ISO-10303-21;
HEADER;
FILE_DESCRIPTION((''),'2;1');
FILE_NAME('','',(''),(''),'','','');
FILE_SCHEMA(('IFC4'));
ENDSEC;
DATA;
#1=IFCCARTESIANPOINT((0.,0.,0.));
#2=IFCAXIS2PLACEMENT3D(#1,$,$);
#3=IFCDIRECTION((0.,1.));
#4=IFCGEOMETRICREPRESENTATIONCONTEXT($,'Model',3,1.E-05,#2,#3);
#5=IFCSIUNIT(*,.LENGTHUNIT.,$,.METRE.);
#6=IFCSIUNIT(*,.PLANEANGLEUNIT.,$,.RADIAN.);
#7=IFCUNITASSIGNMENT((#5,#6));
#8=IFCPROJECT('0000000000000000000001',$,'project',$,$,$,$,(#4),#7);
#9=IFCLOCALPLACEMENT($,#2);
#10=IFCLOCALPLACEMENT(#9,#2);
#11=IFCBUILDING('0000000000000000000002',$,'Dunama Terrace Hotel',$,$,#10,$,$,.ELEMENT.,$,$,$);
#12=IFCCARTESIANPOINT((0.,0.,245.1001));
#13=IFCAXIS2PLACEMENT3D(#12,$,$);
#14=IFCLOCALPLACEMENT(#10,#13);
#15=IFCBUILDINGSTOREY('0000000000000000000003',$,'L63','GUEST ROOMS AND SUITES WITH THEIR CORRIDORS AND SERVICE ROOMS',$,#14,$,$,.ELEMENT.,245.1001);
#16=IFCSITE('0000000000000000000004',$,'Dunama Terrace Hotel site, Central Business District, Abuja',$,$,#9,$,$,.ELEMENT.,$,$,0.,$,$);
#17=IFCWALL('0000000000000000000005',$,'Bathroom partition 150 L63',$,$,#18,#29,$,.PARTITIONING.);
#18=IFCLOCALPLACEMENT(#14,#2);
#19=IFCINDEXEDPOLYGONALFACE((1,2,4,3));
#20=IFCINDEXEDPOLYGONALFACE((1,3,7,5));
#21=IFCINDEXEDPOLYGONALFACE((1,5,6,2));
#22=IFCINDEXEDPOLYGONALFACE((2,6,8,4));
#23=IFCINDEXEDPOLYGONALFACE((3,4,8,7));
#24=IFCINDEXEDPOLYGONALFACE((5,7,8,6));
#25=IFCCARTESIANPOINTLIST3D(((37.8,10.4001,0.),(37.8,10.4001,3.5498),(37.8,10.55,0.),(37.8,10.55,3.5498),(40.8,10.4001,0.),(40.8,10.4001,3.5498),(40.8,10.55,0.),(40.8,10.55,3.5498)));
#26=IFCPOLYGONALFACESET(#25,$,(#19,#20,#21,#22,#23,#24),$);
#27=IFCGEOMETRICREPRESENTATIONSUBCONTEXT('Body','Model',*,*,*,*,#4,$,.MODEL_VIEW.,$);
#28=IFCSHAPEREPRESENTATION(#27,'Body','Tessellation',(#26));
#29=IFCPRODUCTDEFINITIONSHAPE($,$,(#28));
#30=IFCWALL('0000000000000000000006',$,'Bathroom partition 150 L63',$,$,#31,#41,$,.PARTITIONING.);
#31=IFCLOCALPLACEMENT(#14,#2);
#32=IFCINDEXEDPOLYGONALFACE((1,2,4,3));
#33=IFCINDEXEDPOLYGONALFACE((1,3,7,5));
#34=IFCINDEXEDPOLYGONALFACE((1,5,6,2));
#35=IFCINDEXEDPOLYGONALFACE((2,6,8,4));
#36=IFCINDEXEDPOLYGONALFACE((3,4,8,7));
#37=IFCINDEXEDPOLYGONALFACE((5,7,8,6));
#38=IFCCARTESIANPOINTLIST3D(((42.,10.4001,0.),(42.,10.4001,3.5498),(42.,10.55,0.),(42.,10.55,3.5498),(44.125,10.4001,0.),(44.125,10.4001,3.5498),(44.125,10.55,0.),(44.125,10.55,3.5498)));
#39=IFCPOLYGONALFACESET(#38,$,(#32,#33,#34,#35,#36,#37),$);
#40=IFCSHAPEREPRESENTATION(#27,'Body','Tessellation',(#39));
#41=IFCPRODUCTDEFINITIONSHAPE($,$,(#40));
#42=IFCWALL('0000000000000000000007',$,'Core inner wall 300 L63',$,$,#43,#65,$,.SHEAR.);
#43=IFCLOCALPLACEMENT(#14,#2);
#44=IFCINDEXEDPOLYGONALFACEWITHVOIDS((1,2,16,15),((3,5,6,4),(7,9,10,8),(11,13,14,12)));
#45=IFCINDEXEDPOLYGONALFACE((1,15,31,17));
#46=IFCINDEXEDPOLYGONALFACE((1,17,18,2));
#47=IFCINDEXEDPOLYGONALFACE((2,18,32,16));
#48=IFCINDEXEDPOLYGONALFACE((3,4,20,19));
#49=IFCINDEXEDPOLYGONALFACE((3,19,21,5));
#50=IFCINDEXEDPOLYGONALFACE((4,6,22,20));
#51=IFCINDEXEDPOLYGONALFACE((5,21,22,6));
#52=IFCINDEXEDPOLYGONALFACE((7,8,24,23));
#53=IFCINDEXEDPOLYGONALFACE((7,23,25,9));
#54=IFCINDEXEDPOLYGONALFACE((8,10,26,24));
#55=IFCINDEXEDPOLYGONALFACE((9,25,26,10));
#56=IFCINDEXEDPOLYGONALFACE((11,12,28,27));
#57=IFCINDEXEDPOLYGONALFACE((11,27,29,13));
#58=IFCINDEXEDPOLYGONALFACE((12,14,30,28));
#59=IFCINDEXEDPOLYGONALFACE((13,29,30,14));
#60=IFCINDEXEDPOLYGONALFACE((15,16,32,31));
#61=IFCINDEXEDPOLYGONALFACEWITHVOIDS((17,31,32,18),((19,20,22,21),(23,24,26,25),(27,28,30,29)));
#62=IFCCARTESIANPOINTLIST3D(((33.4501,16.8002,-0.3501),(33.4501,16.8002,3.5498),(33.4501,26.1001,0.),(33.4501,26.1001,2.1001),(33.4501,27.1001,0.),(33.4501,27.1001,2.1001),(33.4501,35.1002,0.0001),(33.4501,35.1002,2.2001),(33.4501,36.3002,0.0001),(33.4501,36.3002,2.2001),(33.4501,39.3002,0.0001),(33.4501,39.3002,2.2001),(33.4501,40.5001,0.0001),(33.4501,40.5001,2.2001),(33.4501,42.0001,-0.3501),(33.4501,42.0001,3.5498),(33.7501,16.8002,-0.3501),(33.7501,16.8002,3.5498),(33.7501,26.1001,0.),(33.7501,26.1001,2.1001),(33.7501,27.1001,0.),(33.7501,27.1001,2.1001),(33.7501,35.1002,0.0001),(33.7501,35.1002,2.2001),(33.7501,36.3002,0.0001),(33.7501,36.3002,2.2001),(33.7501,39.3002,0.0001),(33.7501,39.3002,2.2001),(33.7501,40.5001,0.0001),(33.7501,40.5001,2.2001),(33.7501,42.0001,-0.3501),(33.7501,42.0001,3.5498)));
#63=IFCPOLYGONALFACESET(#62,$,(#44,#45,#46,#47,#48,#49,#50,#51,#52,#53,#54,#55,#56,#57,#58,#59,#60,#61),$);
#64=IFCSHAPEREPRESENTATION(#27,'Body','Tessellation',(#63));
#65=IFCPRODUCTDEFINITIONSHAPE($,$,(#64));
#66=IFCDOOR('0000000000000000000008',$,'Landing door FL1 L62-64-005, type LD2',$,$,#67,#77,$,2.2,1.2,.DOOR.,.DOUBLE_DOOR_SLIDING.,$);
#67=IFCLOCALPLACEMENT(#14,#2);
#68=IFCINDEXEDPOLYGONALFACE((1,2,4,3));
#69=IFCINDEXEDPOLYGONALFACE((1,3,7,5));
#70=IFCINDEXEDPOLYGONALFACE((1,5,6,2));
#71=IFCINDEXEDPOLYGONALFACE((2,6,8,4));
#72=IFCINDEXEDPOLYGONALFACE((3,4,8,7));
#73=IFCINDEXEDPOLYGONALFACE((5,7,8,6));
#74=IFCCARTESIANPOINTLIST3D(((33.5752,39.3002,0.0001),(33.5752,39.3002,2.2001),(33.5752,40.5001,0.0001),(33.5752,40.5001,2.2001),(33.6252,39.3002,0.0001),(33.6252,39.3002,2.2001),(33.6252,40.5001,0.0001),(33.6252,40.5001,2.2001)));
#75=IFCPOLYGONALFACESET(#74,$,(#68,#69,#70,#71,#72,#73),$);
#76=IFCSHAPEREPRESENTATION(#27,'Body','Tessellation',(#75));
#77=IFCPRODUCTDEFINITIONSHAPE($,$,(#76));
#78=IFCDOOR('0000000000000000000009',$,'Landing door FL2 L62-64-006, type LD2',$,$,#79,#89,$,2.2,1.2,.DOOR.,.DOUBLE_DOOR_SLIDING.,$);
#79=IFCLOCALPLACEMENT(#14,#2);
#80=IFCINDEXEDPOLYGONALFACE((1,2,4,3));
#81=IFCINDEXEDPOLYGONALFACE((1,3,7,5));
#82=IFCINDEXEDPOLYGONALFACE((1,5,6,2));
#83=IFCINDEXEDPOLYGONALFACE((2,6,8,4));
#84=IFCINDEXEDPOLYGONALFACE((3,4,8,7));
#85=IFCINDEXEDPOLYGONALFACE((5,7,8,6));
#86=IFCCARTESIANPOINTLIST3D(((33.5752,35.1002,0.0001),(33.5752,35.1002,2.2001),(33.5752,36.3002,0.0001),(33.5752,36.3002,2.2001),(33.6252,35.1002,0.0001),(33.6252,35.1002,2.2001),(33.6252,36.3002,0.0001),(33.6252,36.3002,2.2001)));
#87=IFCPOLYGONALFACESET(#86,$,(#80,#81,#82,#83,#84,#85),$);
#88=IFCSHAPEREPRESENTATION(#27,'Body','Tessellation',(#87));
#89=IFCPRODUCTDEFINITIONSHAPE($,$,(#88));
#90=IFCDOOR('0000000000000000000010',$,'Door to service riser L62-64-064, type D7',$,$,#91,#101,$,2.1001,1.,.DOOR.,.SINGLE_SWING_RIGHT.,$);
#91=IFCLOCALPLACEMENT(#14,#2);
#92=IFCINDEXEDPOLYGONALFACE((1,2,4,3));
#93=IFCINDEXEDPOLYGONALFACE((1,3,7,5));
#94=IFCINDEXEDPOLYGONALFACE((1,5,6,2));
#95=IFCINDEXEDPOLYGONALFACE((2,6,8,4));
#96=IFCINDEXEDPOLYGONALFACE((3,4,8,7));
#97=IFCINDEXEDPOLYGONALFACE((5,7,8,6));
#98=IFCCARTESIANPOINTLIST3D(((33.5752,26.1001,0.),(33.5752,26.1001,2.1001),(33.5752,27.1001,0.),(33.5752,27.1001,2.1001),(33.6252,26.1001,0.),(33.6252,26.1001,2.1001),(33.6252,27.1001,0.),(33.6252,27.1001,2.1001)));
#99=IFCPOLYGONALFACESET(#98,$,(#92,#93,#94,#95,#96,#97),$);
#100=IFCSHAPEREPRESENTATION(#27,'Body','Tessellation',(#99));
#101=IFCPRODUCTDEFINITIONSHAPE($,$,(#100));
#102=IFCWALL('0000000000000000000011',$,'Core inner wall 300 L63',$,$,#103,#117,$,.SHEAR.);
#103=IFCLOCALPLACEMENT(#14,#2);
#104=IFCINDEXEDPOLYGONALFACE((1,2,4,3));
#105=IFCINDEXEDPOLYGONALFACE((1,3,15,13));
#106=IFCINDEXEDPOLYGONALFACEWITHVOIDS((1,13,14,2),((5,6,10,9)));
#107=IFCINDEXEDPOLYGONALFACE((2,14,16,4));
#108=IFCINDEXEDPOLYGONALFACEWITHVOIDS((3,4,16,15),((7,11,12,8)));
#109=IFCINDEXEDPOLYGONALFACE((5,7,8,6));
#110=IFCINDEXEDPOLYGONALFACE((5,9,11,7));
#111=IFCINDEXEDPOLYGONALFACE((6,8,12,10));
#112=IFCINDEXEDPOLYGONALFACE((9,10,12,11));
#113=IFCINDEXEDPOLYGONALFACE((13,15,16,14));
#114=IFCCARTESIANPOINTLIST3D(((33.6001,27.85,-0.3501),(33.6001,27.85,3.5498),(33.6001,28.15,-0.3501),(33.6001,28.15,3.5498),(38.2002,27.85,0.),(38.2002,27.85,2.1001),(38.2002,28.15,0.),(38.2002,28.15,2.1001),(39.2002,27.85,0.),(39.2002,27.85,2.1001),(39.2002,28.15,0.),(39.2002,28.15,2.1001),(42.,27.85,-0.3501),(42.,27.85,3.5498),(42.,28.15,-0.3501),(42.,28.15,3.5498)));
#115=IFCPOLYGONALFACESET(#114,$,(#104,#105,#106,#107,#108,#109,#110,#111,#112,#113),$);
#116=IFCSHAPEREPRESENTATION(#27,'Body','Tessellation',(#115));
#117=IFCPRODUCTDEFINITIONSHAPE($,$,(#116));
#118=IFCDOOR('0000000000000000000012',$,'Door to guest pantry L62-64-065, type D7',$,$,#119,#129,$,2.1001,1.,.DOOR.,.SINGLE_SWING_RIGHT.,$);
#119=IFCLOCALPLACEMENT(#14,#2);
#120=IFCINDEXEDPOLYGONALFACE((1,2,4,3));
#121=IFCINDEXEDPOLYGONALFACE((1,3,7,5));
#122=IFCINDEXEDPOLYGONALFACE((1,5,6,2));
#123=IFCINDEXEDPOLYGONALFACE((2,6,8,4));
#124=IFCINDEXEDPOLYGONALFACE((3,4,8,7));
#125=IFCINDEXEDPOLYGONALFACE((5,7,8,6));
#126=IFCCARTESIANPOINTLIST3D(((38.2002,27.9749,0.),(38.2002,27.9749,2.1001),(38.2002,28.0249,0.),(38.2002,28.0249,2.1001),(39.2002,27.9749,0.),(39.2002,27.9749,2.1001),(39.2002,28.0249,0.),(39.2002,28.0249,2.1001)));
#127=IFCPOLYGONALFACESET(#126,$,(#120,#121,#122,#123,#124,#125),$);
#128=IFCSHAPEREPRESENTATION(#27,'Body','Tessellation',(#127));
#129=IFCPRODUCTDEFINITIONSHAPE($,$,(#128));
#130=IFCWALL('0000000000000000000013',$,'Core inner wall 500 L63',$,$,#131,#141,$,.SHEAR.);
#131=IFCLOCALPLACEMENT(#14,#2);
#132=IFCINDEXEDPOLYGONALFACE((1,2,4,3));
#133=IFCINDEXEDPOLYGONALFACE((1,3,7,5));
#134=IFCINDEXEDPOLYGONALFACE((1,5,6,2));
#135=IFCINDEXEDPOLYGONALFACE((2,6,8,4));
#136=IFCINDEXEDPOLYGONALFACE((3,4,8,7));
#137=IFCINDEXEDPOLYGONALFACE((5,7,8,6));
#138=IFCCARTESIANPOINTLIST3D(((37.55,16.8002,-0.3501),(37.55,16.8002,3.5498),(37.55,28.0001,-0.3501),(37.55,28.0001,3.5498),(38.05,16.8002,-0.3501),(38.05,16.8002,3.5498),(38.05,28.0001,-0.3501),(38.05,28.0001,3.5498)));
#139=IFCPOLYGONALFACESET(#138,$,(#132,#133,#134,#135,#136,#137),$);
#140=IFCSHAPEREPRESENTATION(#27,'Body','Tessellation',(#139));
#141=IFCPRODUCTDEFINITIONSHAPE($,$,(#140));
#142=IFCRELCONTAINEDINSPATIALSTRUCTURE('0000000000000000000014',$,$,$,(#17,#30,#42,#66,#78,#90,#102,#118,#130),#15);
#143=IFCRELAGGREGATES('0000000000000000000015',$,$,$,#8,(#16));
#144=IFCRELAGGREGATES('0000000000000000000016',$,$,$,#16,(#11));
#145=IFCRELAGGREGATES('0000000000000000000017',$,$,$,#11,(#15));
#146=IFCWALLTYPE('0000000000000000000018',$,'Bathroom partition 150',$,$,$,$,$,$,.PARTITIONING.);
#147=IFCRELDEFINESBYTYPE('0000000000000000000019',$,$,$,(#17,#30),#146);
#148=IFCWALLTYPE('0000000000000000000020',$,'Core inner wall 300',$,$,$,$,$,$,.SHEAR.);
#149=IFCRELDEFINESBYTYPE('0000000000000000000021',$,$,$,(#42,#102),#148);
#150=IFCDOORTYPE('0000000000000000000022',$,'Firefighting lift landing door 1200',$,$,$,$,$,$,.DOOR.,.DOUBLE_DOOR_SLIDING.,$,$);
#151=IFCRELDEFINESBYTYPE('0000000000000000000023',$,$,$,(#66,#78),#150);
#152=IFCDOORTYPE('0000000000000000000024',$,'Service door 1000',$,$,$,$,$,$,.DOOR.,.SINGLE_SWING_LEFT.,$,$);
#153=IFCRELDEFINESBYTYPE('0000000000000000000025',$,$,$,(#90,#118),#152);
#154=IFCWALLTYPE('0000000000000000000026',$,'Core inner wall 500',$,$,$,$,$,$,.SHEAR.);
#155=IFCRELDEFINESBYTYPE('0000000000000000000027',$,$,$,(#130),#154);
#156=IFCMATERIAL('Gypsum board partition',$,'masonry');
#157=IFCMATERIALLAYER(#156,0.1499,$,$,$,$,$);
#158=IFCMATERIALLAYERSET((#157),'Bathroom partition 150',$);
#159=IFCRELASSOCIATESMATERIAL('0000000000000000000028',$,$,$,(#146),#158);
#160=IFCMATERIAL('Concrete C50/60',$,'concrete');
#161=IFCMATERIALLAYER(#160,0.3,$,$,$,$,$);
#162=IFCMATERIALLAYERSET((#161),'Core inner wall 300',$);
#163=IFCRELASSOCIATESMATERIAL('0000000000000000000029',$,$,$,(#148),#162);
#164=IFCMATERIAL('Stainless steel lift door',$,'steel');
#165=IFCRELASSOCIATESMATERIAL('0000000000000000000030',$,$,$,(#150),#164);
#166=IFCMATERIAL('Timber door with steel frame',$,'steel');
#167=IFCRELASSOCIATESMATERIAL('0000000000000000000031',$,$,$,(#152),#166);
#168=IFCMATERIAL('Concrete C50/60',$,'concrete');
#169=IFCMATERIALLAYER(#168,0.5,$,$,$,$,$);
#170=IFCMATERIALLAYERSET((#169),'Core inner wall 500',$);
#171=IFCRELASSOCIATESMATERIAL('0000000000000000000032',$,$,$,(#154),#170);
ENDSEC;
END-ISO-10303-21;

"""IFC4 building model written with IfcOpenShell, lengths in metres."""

from ifc_helpers import new_model, si_unit, direction, frame, frame_2d, origin, place, context, subcontext, project, spatial, rectangle, extrude, material, layer, layer_set, type_object, element, fill, save


model = new_model("IFC4")

# Units and contexts
model_context = context("Model", 3, precision=1e-05, world=origin(), true_north=direction((0.0, 1.0)))
body_context = subcontext(model_context, "Body", "Model", "MODEL_VIEW")
ifc_project = project(units=[si_unit("LENGTHUNIT", "METRE"), si_unit("PLANEANGLEUNIT", "RADIAN")], contexts=[model_context])

# Site, building, storey
site_placement = place(None, origin())
site = spatial("IfcSite", under=ifc_project, at=site_placement, Name="Dunama Terrace Hotel site, Central Business District, Abuja", CompositionType="ELEMENT", RefElevation=0.0)
building_placement = place(site_placement, origin())
building = spatial("IfcBuilding", under=site, at=building_placement, Name="Dunama Terrace Hotel", CompositionType="ELEMENT")
storey_placement = place(building_placement, frame((0.0, 0.0, 245.1001)))
storey = spatial("IfcBuildingStorey", under=building, at=storey_placement, Name="L63", Description="GUEST ROOMS AND SUITES WITH THEIR CORRIDORS AND SERVICE ROOMS", CompositionType="ELEMENT", Elevation=245.1001)

# Walls
ifc_material_1 = material(Name="Gypsum board partition", Category="masonry")
ifc_layer_1 = layer(ifc_material_1, 0.1499)
ifc_layer_set_1 = layer_set([ifc_layer_1], Name="Bathroom partition 150")
wall_type_1 = type_object("IfcWallType", Name="Bathroom partition 150", PredefinedType="PARTITIONING", material=ifc_layer_set_1)
wall_1_placement = place(storey_placement, frame((37.8, 10.4751, 0.0), z_axis=(0.0, 0.0, 1.0), x_axis=(1.0, 0.0, 0.0)))
element("IfcWall", 1, at=wall_1_placement, inside=storey, type_object=wall_type_1, Name="Bathroom partition 150 L63", PredefinedType="PARTITIONING", context=body_context, shape_type="SweptSolid", body=[
    extrude(rectangle(XDim=3.0, YDim=0.1499, at=frame_2d((1.5, 0.0))), origin(), (0.0, 0.0, 1.0), 3.5498),
])
wall_2_placement = place(storey_placement, frame((42.0, 10.4751, 0.0), z_axis=(0.0, 0.0, 1.0), x_axis=(1.0, 0.0, 0.0)))
element("IfcWall", 2, at=wall_2_placement, inside=storey, type_object=wall_type_1, Name="Bathroom partition 150 L63", PredefinedType="PARTITIONING", context=body_context, shape_type="SweptSolid", body=[
    extrude(rectangle(XDim=2.125, YDim=0.1499, at=frame_2d((1.0625, 0.0))), origin(), (0.0, 0.0, 1.0), 3.5498),
])

# Wall, openings, doors
ifc_material_2 = material(Name="Concrete C50/60", Category="concrete")
ifc_layer_2 = layer(ifc_material_2, 0.3)
ifc_layer_set_2 = layer_set([ifc_layer_2], Name="Core inner wall 300")
wall_type_2 = type_object("IfcWallType", Name="Core inner wall 300", PredefinedType="SHEAR", material=ifc_layer_set_2)
wall_3_placement = place(storey_placement, frame((33.6001, 16.8, -0.3501), z_axis=(0.0, 0.0, 1.0), x_axis=(0.0, 1.0, 0.0)))
wall_3 = element("IfcWall", 3, at=wall_3_placement, inside=storey, type_object=wall_type_2, Name="Core inner wall 300 L63", PredefinedType="SHEAR", context=body_context, shape_type="SweptSolid", body=[
    extrude(rectangle(XDim=25.2, YDim=0.3, at=frame_2d((12.6001, 0.0))), origin(), (0.0, 0.0, 1.0), 3.8999),
])
opening_1_placement = place(wall_3_placement, frame((22.5, 0.0, 0.3501)))
opening_1 = element("IfcOpeningElement", 4, at=opening_1_placement, cuts=wall_3, PredefinedType="OPENING", context=body_context, shape_type="SweptSolid", body=[
    extrude(rectangle(XDim=1.2, YDim=2.2, at=frame_2d((0.6001, 1.1001))), frame((0.0, 0.1599, 0.0), z_axis=(0.0, -1.0, 0.0), x_axis=(1.0, 0.0, 0.0)), (0.0, 0.0, 1.0), 0.3201),
])
opening_2_placement = place(wall_3_placement, frame((18.3, 0.0, 0.3501)))
opening_2 = element("IfcOpeningElement", 5, at=opening_2_placement, cuts=wall_3, PredefinedType="OPENING", context=body_context, shape_type="SweptSolid", body=[
    extrude(rectangle(XDim=1.2, YDim=2.2, at=frame_2d((0.6001, 1.1001))), frame((0.0, 0.1599, 0.0), z_axis=(0.0, -1.0, 0.0), x_axis=(1.0, 0.0, 0.0)), (0.0, 0.0, 1.0), 0.3201),
])
opening_3_placement = place(wall_3_placement, frame((9.3, 0.0, 0.3501)))
opening_3 = element("IfcOpeningElement", 6, at=opening_3_placement, cuts=wall_3, PredefinedType="OPENING", context=body_context, shape_type="SweptSolid", body=[
    extrude(rectangle(XDim=1.0, YDim=2.1001, at=frame_2d((0.5, 1.05))), frame((0.0, 0.1599, 0.0), z_axis=(0.0, -1.0, 0.0), x_axis=(1.0, 0.0, 0.0)), (0.0, 0.0, 1.0), 0.3201),
])
ifc_material_3 = material(Name="Stainless steel lift door", Category="steel")
door_type_1 = type_object("IfcDoorType", Name="Firefighting lift landing door 1200", OperationType="DOUBLE_DOOR_SLIDING", PredefinedType="DOOR", material=ifc_material_3)
door_1_placement = place(opening_1_placement, origin())
door_1 = element("IfcDoor", 7, at=door_1_placement, inside=storey, type_object=door_type_1, Name="Landing door FL1 L62-64-005, type LD2", OperationType="DOUBLE_DOOR_SLIDING", OverallHeight=2.2, OverallWidth=1.2, PredefinedType="DOOR", context=body_context, shape_type="SweptSolid", body=[
    extrude(rectangle(XDim=1.2, YDim=2.2, at=frame_2d((0.6001, 1.1001))), frame((0.0, 0.0249, 0.0), z_axis=(0.0, -1.0, 0.0), x_axis=(1.0, 0.0, 0.0)), (0.0, 0.0, 1.0), 0.05),
])
fill(opening_1, door_1)
door_2_placement = place(opening_2_placement, origin())
door_2 = element("IfcDoor", 8, at=door_2_placement, inside=storey, type_object=door_type_1, Name="Landing door FL2 L62-64-006, type LD2", OperationType="DOUBLE_DOOR_SLIDING", OverallHeight=2.2, OverallWidth=1.2, PredefinedType="DOOR", context=body_context, shape_type="SweptSolid", body=[
    extrude(rectangle(XDim=1.2, YDim=2.2, at=frame_2d((0.6001, 1.1001))), frame((0.0, 0.0249, 0.0), z_axis=(0.0, -1.0, 0.0), x_axis=(1.0, 0.0, 0.0)), (0.0, 0.0, 1.0), 0.05),
])
fill(opening_2, door_2)
ifc_material_4 = material(Name="Timber door with steel frame", Category="steel")
door_type_2 = type_object("IfcDoorType", Name="Service door 1000", OperationType="SINGLE_SWING_LEFT", PredefinedType="DOOR", material=ifc_material_4)
door_3_placement = place(opening_3_placement, frame((1.0, 0.0, 0.0), z_axis=(0.0, 0.0, 1.0), x_axis=(-1.0, 0.0, 0.0)))
door_3 = element("IfcDoor", 9, at=door_3_placement, inside=storey, type_object=door_type_2, Name="Door to service riser L62-64-064, type D7", OperationType="SINGLE_SWING_RIGHT", OverallHeight=2.1001, OverallWidth=1.0, PredefinedType="DOOR", context=body_context, shape_type="SweptSolid", body=[
    extrude(rectangle(XDim=1.0, YDim=2.1001, at=frame_2d((0.5, 1.05))), frame((0.0, 0.0251, 0.0), z_axis=(0.0, -1.0, 0.0), x_axis=(1.0, 0.0, 0.0)), (0.0, 0.0, 1.0), 0.05),
])
fill(opening_3, door_3)

# Wall, opening, door
wall_4_placement = place(storey_placement, frame((33.6001, 28.0, -0.3501), z_axis=(0.0, 0.0, 1.0), x_axis=(1.0, 0.0, 0.0)))
wall_4 = element("IfcWall", 10, at=wall_4_placement, inside=storey, type_object=wall_type_2, Name="Core inner wall 300 L63", PredefinedType="SHEAR", context=body_context, shape_type="SweptSolid", body=[
    extrude(rectangle(XDim=8.3999, YDim=0.3, at=frame_2d((4.2, 0.0))), origin(), (0.0, 0.0, 1.0), 3.8999),
])
opening_4_placement = place(wall_4_placement, frame((4.6001, 0.0, 0.3501)))
opening_4 = element("IfcOpeningElement", 11, at=opening_4_placement, cuts=wall_4, PredefinedType="OPENING", context=body_context, shape_type="SweptSolid", body=[
    extrude(rectangle(XDim=1.0, YDim=2.1001, at=frame_2d((0.5, 1.05))), frame((0.0, 0.1599, 0.0), z_axis=(0.0, -1.0, 0.0), x_axis=(1.0, 0.0, 0.0)), (0.0, 0.0, 1.0), 0.3201),
])
door_4_placement = place(opening_4_placement, frame((1.0, 0.0, 0.0), z_axis=(0.0, 0.0, 1.0), x_axis=(-1.0, 0.0, 0.0)))
door_4 = element("IfcDoor", 12, at=door_4_placement, inside=storey, type_object=door_type_2, Name="Door to guest pantry L62-64-065, type D7", OperationType="SINGLE_SWING_RIGHT", OverallHeight=2.1001, OverallWidth=1.0, PredefinedType="DOOR", context=body_context, shape_type="SweptSolid", body=[
    extrude(rectangle(XDim=1.0, YDim=2.1001, at=frame_2d((0.5, 1.05))), frame((0.0, 0.0251, 0.0), z_axis=(0.0, -1.0, 0.0), x_axis=(1.0, 0.0, 0.0)), (0.0, 0.0, 1.0), 0.05),
])
fill(opening_4, door_4)

# Wall
ifc_material_5 = material(Name="Concrete C50/60", Category="concrete")
ifc_layer_3 = layer(ifc_material_5, 0.5)
ifc_layer_set_3 = layer_set([ifc_layer_3], Name="Core inner wall 500")
wall_type_3 = type_object("IfcWallType", Name="Core inner wall 500", PredefinedType="SHEAR", material=ifc_layer_set_3)
wall_5_placement = place(storey_placement, frame((37.8, 16.8, -0.3501), z_axis=(0.0, 0.0, 1.0), x_axis=(0.0, 1.0, 0.0)))
element("IfcWall", 13, at=wall_5_placement, inside=storey, type_object=wall_type_3, Name="Core inner wall 500 L63", PredefinedType="SHEAR", context=body_context, shape_type="SweptSolid", body=[
    extrude(rectangle(XDim=11.2, YDim=0.5, at=frame_2d((5.6001, 0.0))), origin(), (0.0, 0.0, 1.0), 3.8999),
])

save(model, "model.ifc")
